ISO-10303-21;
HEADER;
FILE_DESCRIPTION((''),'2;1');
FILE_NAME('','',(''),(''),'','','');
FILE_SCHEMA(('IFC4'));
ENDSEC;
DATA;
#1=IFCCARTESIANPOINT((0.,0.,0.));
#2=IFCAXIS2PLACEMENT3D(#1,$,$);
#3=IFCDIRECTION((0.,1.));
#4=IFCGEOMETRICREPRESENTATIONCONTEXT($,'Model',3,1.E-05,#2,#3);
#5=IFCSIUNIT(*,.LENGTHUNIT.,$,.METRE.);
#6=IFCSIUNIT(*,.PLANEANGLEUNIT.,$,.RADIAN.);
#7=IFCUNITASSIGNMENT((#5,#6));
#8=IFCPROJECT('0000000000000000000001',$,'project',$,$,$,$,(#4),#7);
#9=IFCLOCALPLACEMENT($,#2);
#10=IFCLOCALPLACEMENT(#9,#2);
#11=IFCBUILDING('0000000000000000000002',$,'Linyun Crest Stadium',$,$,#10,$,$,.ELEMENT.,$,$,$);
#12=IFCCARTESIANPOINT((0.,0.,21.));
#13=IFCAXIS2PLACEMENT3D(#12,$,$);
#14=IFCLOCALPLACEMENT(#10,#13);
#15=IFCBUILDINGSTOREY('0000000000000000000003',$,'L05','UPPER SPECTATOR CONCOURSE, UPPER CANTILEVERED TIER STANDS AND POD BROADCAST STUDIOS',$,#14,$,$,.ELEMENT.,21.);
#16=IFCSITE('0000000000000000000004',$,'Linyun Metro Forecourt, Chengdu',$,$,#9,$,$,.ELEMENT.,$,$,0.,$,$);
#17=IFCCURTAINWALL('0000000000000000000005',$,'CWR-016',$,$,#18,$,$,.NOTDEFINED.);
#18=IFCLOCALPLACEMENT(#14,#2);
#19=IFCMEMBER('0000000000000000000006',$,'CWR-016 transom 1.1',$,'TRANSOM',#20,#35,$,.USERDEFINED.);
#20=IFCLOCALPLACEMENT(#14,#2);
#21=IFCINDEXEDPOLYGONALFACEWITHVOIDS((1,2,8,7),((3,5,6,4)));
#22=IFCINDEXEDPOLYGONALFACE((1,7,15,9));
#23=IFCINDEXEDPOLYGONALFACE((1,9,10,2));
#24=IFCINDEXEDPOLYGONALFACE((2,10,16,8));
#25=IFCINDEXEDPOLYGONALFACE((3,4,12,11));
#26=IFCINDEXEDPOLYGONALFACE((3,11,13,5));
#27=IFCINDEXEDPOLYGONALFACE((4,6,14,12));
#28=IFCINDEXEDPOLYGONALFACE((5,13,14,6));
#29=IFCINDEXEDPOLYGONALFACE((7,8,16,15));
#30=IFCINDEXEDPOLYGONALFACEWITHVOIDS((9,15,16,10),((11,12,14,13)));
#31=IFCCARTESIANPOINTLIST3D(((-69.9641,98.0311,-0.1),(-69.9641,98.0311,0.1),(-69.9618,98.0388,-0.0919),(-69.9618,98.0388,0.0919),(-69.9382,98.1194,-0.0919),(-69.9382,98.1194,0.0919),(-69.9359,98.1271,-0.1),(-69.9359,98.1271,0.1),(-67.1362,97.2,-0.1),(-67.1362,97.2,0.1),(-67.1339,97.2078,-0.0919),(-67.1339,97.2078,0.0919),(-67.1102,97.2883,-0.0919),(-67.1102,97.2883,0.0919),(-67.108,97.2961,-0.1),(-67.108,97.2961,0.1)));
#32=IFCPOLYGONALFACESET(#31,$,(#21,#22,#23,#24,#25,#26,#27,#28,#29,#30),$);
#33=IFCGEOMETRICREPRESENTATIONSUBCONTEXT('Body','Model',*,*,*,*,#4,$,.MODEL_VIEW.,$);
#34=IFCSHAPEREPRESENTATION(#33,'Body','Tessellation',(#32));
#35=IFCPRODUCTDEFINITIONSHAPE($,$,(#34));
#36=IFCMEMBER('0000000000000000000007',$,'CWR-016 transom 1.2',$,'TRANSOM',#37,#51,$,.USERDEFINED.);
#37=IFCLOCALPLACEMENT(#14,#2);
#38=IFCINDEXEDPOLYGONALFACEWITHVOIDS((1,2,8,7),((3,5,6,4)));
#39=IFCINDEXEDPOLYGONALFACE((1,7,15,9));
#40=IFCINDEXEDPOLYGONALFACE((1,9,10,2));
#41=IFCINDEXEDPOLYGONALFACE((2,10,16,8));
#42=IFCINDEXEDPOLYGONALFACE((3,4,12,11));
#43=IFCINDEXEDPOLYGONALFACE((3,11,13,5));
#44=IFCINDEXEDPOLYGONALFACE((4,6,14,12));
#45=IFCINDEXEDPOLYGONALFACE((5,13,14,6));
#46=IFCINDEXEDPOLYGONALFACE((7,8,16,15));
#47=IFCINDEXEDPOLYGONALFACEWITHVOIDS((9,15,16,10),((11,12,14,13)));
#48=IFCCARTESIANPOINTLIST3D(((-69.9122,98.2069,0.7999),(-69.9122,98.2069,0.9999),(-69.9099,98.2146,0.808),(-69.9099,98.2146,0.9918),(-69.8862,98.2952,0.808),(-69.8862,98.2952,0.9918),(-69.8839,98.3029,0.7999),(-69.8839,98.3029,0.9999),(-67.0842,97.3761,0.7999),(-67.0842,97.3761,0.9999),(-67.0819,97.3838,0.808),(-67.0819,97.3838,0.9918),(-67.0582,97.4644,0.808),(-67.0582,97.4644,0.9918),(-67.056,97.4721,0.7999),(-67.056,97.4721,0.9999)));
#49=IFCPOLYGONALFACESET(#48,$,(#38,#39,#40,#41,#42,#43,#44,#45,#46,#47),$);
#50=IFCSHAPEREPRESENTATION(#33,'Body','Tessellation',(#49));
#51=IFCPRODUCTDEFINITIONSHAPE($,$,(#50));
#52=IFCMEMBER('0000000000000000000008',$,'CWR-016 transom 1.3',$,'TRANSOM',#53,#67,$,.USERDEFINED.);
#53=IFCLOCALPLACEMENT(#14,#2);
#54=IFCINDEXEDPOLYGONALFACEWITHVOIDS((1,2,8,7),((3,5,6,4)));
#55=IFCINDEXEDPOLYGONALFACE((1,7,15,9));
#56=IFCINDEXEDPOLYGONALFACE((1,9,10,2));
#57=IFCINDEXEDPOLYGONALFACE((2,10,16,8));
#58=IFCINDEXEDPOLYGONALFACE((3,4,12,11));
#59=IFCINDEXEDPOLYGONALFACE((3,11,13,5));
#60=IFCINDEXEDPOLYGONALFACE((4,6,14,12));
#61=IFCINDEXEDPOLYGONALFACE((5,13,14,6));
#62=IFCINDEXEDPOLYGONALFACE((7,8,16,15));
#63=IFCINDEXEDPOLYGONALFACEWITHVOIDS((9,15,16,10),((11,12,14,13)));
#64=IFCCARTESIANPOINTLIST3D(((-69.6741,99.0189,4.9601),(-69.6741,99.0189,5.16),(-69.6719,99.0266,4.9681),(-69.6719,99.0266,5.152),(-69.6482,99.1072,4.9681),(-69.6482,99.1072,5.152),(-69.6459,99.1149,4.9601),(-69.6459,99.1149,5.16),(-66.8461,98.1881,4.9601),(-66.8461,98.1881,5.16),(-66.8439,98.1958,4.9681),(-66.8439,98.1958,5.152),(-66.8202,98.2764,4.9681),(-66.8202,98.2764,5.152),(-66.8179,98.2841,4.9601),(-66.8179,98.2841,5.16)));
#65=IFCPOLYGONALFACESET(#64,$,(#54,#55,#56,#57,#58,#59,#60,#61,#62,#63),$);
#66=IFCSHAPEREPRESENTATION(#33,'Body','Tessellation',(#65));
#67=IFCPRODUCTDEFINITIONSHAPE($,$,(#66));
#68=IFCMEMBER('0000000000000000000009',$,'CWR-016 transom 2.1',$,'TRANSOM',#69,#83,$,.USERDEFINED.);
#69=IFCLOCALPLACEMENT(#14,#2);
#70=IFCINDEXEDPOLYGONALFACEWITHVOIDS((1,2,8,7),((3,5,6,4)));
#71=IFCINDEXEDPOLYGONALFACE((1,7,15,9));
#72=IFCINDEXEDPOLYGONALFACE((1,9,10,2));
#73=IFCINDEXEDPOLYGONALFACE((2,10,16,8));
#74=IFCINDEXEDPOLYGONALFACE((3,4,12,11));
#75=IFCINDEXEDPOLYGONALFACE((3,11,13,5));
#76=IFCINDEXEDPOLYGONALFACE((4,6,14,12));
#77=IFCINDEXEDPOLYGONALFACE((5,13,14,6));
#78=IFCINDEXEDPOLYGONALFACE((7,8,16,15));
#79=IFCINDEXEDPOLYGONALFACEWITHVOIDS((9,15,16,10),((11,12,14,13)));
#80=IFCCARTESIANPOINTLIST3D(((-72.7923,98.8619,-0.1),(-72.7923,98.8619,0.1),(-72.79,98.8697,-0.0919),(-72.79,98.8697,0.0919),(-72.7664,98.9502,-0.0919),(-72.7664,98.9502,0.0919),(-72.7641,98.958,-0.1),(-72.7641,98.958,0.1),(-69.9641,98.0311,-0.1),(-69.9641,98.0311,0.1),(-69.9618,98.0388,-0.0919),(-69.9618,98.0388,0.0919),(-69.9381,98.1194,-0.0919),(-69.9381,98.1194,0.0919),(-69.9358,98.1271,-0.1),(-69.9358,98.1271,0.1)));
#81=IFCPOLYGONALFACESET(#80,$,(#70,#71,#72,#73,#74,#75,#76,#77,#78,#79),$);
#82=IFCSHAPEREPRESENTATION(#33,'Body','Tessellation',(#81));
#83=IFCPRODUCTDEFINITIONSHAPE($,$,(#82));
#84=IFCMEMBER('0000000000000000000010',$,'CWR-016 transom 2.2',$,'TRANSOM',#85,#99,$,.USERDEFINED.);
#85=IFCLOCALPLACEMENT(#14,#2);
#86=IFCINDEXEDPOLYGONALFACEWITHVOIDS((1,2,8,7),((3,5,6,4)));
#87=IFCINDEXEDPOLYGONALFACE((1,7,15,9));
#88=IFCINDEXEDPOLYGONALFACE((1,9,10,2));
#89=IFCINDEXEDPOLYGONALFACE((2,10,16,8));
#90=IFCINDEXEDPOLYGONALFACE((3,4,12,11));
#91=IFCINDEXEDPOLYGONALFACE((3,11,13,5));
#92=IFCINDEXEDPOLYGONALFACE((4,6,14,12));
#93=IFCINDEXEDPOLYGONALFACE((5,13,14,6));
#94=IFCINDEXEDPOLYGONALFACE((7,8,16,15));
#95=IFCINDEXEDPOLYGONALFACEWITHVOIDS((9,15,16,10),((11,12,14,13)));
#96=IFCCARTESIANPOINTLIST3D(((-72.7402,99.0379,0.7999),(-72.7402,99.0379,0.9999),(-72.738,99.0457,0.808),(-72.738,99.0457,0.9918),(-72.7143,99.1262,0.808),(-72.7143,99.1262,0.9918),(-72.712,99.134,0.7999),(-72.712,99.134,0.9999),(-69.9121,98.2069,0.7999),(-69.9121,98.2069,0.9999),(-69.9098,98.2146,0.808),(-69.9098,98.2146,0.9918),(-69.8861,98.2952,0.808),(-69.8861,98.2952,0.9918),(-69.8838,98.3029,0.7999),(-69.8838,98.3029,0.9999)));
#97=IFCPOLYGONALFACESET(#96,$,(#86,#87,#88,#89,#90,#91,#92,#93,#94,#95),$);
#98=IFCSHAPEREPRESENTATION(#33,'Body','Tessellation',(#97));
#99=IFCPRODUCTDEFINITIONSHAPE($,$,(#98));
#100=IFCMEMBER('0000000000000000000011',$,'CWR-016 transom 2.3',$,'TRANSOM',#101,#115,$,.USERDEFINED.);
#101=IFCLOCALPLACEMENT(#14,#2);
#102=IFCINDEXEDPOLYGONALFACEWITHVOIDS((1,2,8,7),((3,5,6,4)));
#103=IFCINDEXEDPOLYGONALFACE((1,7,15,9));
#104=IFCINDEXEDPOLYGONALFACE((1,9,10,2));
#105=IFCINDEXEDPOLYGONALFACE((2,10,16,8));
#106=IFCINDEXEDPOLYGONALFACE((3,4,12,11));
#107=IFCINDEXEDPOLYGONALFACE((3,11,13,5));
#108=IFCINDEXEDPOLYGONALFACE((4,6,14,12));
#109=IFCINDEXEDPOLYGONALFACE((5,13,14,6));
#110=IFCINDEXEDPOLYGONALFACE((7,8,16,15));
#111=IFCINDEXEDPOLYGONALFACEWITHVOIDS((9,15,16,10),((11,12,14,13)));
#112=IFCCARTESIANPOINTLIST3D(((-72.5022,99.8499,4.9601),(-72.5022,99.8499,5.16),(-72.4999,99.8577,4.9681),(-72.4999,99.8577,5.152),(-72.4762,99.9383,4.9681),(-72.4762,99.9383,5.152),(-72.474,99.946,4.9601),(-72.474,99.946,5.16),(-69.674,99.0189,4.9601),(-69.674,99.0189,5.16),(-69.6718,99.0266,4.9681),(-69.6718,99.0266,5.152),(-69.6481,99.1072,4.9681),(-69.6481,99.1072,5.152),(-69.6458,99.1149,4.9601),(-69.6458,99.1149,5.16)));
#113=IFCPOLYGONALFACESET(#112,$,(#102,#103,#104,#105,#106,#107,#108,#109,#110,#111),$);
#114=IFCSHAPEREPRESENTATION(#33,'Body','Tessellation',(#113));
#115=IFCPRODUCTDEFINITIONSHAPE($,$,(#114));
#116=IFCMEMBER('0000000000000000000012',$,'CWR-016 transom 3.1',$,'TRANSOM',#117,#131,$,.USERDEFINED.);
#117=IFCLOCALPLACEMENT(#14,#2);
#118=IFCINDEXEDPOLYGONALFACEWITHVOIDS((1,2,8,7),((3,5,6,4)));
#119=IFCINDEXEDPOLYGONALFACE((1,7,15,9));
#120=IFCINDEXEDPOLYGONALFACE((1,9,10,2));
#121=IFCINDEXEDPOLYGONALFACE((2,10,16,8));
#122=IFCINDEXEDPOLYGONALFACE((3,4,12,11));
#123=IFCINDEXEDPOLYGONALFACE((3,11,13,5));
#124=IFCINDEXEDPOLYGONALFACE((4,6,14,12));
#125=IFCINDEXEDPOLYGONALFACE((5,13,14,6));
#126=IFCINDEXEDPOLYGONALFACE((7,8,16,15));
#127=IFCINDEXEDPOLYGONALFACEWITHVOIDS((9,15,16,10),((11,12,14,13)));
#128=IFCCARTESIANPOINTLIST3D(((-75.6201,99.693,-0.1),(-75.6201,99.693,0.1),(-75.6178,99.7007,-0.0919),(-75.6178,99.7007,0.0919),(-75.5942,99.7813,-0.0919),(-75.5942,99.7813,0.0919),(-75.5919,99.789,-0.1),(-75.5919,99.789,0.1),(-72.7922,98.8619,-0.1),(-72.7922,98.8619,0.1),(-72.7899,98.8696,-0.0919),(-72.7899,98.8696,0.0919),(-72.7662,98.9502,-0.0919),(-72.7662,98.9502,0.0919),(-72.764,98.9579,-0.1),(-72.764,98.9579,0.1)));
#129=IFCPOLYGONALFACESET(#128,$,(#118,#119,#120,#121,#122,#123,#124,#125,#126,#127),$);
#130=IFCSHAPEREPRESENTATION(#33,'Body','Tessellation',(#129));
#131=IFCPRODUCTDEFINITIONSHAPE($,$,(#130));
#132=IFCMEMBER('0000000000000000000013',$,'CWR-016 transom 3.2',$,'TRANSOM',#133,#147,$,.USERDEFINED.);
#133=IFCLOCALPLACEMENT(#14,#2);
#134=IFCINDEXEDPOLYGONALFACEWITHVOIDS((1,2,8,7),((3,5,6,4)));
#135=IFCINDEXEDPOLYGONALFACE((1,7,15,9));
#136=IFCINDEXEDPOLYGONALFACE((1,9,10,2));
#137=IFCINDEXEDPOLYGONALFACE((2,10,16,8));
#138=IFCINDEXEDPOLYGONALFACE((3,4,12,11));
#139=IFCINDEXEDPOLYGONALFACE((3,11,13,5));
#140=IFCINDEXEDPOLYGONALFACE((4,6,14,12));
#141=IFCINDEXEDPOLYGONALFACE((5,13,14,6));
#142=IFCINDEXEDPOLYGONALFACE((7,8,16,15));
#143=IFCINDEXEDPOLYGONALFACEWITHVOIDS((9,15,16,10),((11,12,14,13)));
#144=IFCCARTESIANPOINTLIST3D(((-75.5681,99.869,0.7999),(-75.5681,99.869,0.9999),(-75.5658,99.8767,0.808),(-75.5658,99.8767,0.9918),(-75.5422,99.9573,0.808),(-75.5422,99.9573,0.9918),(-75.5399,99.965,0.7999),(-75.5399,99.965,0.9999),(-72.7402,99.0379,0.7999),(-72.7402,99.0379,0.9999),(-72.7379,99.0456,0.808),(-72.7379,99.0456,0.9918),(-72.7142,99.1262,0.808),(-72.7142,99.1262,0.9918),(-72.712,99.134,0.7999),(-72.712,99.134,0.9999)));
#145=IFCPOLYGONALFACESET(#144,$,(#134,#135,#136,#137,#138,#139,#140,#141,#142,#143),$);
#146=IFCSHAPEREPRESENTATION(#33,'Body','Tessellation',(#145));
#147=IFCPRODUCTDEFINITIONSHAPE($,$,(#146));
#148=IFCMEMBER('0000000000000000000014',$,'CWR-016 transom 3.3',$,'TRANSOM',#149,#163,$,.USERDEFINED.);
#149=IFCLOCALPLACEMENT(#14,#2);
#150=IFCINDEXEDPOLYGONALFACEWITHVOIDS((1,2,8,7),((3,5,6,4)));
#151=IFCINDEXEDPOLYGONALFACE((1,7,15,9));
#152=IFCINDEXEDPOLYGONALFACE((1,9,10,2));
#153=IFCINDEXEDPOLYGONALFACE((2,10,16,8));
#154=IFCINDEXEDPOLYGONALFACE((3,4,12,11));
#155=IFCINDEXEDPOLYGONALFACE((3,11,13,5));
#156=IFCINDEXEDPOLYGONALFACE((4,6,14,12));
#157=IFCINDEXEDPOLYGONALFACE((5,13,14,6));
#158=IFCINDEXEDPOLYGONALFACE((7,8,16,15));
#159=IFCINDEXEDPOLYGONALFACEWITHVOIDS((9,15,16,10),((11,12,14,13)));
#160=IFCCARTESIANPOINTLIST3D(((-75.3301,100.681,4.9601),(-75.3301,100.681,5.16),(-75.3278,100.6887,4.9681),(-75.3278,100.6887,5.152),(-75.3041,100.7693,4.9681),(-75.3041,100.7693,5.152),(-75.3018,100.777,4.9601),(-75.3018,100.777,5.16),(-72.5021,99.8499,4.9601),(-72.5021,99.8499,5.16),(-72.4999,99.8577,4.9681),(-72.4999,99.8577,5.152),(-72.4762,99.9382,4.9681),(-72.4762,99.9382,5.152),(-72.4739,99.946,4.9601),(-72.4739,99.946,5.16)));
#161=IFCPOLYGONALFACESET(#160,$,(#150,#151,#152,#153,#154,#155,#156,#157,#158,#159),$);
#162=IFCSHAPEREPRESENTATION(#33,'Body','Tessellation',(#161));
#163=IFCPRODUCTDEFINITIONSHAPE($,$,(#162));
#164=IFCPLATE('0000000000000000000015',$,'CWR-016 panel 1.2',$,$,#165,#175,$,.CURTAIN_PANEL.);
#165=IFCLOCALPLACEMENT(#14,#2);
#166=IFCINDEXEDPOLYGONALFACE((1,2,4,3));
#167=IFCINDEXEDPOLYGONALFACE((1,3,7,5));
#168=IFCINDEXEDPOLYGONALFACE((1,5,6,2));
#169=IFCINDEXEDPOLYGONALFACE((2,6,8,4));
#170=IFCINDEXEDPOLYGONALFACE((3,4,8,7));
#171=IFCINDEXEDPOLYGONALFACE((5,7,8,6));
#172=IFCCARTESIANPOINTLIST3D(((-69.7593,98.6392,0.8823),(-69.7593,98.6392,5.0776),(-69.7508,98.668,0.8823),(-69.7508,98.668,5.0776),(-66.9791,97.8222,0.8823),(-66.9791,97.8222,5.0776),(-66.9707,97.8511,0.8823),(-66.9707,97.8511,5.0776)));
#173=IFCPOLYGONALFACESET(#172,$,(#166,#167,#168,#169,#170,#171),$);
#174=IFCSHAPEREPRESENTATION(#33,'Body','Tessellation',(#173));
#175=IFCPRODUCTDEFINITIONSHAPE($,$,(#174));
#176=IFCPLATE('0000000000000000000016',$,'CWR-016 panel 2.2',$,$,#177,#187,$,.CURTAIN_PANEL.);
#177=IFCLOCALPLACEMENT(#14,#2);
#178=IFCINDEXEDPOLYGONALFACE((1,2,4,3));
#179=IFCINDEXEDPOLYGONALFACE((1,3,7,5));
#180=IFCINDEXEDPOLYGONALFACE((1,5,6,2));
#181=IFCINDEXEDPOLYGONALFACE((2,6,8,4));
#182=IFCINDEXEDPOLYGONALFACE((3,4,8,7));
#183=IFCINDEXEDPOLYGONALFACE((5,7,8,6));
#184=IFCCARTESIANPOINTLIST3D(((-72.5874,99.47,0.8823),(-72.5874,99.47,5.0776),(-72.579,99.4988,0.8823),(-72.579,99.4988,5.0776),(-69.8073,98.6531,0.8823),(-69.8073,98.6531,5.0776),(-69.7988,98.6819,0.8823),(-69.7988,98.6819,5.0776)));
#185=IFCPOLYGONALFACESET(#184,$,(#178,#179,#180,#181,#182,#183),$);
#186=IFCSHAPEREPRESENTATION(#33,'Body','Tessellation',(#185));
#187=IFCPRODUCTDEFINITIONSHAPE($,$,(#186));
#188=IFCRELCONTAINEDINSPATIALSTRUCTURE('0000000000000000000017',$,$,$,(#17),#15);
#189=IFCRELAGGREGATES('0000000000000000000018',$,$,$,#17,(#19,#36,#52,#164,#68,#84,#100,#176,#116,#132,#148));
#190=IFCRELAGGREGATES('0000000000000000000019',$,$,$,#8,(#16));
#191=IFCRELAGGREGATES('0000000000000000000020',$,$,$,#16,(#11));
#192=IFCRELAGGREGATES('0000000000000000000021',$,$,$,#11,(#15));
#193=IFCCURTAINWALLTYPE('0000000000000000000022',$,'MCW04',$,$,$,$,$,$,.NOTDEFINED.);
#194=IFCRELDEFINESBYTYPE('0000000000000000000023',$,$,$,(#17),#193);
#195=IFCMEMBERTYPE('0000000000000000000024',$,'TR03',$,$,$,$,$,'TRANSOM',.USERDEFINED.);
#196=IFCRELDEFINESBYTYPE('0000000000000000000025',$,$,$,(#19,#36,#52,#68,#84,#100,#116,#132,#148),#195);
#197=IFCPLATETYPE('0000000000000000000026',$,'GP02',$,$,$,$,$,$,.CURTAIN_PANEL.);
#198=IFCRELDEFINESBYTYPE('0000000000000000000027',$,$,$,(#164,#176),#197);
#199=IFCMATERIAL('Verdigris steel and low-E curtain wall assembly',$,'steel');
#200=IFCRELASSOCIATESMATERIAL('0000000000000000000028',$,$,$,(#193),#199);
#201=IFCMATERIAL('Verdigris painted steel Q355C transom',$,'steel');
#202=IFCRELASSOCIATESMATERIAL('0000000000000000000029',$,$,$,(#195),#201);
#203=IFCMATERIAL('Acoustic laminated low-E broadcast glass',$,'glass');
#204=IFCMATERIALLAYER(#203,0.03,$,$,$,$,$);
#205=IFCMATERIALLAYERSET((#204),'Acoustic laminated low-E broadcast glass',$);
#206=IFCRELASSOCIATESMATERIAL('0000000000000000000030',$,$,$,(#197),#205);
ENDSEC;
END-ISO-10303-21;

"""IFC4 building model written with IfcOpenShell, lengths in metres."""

from ifc_helpers import new_model, si_unit, direction, frame, origin, origin_2d, place, context, subcontext, project, spatial, rectangle, hollow_rectangle, extrude, material, layer, layer_set, material_profile, profile_set, type_object, element, aggregate, save


model = new_model("IFC4")

# Units and contexts
model_context = context("Model", 3, precision=1e-05, world=origin(), true_north=direction((0.0, 1.0)))
body_context = subcontext(model_context, "Body", "Model", "MODEL_VIEW")
ifc_project = project(units=[si_unit("LENGTHUNIT", "METRE"), si_unit("PLANEANGLEUNIT", "RADIAN")], contexts=[model_context])

# Site, building, storey
site_placement = place(None, origin())
site = spatial("IfcSite", under=ifc_project, at=site_placement, Name="Linyun Metro Forecourt, Chengdu", CompositionType="ELEMENT", RefElevation=0.0)
building_placement = place(site_placement, origin())
building = spatial("IfcBuilding", under=site, at=building_placement, Name="Linyun Crest Stadium", CompositionType="ELEMENT")
storey_placement = place(building_placement, frame((0.0, 0.0, 21.0)))
storey = spatial("IfcBuildingStorey", under=building, at=storey_placement, Name="L05", Description="UPPER SPECTATOR CONCOURSE, UPPER CANTILEVERED TIER STANDS AND POD BROADCAST STUDIOS", CompositionType="ELEMENT", Elevation=21.0)

# Curtain wall, members, plates
ifc_material_1 = material(Name="Verdigris steel and low-E curtain wall assembly", Category="steel")
curtain_wall_type = type_object("IfcCurtainWallType", Name="MCW04", PredefinedType="NOTDEFINED", material=ifc_material_1)
curtain_wall_placement = place(storey_placement, origin())
curtain_wall = element("IfcCurtainWall", 1, at=curtain_wall_placement, inside=storey, type_object=curtain_wall_type, Name="CWR-016", PredefinedType="NOTDEFINED")
ifc_material_2 = material(Name="Verdigris painted steel Q355C transom", Category="steel")
ifc_material_profile_1 = material_profile(ifc_material_2, hollow_rectangle(XDim=0.1001, YDim=0.2, WallThickness=0.0081, at=origin_2d()), Name="RHS 200x100x8")
ifc_profile_set_1 = profile_set([ifc_material_profile_1], Name="Verdigris painted steel Q355C transom")
member_type_1 = type_object("IfcMemberType", Name="TR03", ElementType="TRANSOM", PredefinedType="USERDEFINED", material=ifc_profile_set_1)
member_1_placement = place(storey_placement, frame((-67.1221, 97.248, 0.0), z_axis=(-0.959427, 0.281956, 0.0), x_axis=(-0.281956, -0.959427, 0.0)))
member_1 = element("IfcMember", 2, at=member_1_placement, type_object=member_type_1, Name="CWR-016 transom 1.1", ObjectType="TRANSOM", PredefinedType="USERDEFINED", context=body_context, shape_type="SweptSolid", body=[
    extrude(hollow_rectangle(XDim=0.1001, YDim=0.2, WallThickness=0.0081, at=origin_2d()), origin(), (0.0, 0.0, 1.0), 2.9475),
])
member_2_placement = place(storey_placement, frame((-67.0701, 97.4241, 0.8999), z_axis=(-0.95945, 0.281879, 0.0), x_axis=(-0.281879, -0.95945, 0.0)))
member_2 = element("IfcMember", 3, at=member_2_placement, type_object=member_type_1, Name="CWR-016 transom 1.2", ObjectType="TRANSOM", PredefinedType="USERDEFINED", context=body_context, shape_type="SweptSolid", body=[
    extrude(hollow_rectangle(XDim=0.1001, YDim=0.2, WallThickness=0.0081, at=origin_2d()), origin(), (0.0, 0.0, 1.0), 2.9475),
])
member_3_placement = place(storey_placement, frame((-66.832, 98.2361, 5.0601), z_axis=(-0.95945, 0.281879, 0.0), x_axis=(-0.281879, -0.95945, 0.0)))
member_3 = element("IfcMember", 4, at=member_3_placement, type_object=member_type_1, Name="CWR-016 transom 1.3", ObjectType="TRANSOM", PredefinedType="USERDEFINED", context=body_context, shape_type="SweptSolid", body=[
    extrude(hollow_rectangle(XDim=0.1001, YDim=0.2, WallThickness=0.0081, at=origin_2d()), origin(), (0.0, 0.0, 1.0), 2.9475),
])
member_4_placement = place(storey_placement, frame((-69.95, 98.0791, 0.0), z_axis=(-0.959456, 0.281857, 0.0), x_axis=(-0.281857, -0.959456, 0.0)))
member_4 = element("IfcMember", 5, at=member_4_placement, type_object=member_type_1, Name="CWR-016 transom 2.1", ObjectType="TRANSOM", PredefinedType="USERDEFINED", context=body_context, shape_type="SweptSolid", body=[
    extrude(hollow_rectangle(XDim=0.1001, YDim=0.2, WallThickness=0.0081, at=origin_2d()), origin(), (0.0, 0.0, 1.0), 2.9478),
])
member_5_placement = place(storey_placement, frame((-69.8979, 98.2549, 0.8999), z_axis=(-0.959434, 0.281933, 0.0), x_axis=(-0.281933, -0.959434, 0.0)))
member_5 = element("IfcMember", 6, at=member_5_placement, type_object=member_type_1, Name="CWR-016 transom 2.2", ObjectType="TRANSOM", PredefinedType="USERDEFINED", context=body_context, shape_type="SweptSolid", body=[
    extrude(hollow_rectangle(XDim=0.1001, YDim=0.2, WallThickness=0.0081, at=origin_2d()), origin(), (0.0, 0.0, 1.0), 2.9478),
])
member_6_placement = place(storey_placement, frame((-69.6599, 99.0669, 5.0601), z_axis=(-0.959434, 0.281933, 0.0), x_axis=(-0.281933, -0.959434, 0.0)))
member_6 = element("IfcMember", 7, at=member_6_placement, type_object=member_type_1, Name="CWR-016 transom 2.3", ObjectType="TRANSOM", PredefinedType="USERDEFINED", context=body_context, shape_type="SweptSolid", body=[
    extrude(hollow_rectangle(XDim=0.1001, YDim=0.2, WallThickness=0.0081, at=origin_2d()), origin(), (0.0, 0.0, 1.0), 2.9478),
])
member_7_placement = place(storey_placement, frame((-72.7781, 98.9099, 0.0), z_axis=(-0.959427, 0.281956, 0.0), x_axis=(-0.281956, -0.959427, 0.0)))
member_7 = element("IfcMember", 8, at=member_7_placement, type_object=member_type_1, Name="CWR-016 transom 3.1", ObjectType="TRANSOM", PredefinedType="USERDEFINED", context=body_context, shape_type="SweptSolid", body=[
    extrude(hollow_rectangle(XDim=0.1001, YDim=0.2, WallThickness=0.0081, at=origin_2d()), origin(), (0.0, 0.0, 1.0), 2.9475),
])
member_8_placement = place(storey_placement, frame((-72.7261, 99.0859, 0.8999), z_axis=(-0.959427, 0.281956, 0.0), x_axis=(-0.281956, -0.959427, 0.0)))
member_8 = element("IfcMember", 9, at=member_8_placement, type_object=member_type_1, Name="CWR-016 transom 3.2", ObjectType="TRANSOM", PredefinedType="USERDEFINED", context=body_context, shape_type="SweptSolid", body=[
    extrude(hollow_rectangle(XDim=0.1001, YDim=0.2, WallThickness=0.0081, at=origin_2d()), origin(), (0.0, 0.0, 1.0), 2.9475),
])
member_9_placement = place(storey_placement, frame((-72.488, 99.8979, 5.0601), z_axis=(-0.959427, 0.281956, 0.0), x_axis=(-0.281956, -0.959427, 0.0)))
member_9 = element("IfcMember", 10, at=member_9_placement, type_object=member_type_1, Name="CWR-016 transom 3.3", ObjectType="TRANSOM", PredefinedType="USERDEFINED", context=body_context, shape_type="SweptSolid", body=[
    extrude(hollow_rectangle(XDim=0.1001, YDim=0.2, WallThickness=0.0081, at=origin_2d()), origin(), (0.0, 0.0, 1.0), 2.9475),
])
ifc_material_3 = material(Name="Acoustic laminated low-E broadcast glass", Category="glass")
ifc_layer_1 = layer(ifc_material_3, 0.03)
ifc_layer_set_1 = layer_set([ifc_layer_1], Name="Acoustic laminated low-E broadcast glass")
plate_type_1 = type_object("IfcPlateType", Name="GP02", PredefinedType="CURTAIN_PANEL", material=ifc_layer_set_1)
plate_1_placement = place(storey_placement, frame((-68.365, 98.2451, 0.8823), z_axis=(0.0, 0.0, 1.0), x_axis=(-0.959437, 0.281923, 0.0)))
plate_1 = element("IfcPlate", 11, at=plate_1_placement, type_object=plate_type_1, Name="CWR-016 panel 1.2", PredefinedType="CURTAIN_PANEL", context=body_context, shape_type="SweptSolid", body=[
    extrude(rectangle(XDim=2.8977, YDim=0.03, at=origin_2d()), origin(), (0.0, 0.0, 1.0), 4.1953),
])
plate_2_placement = place(storey_placement, frame((-71.1931, 99.0759, 0.8823), z_axis=(0.0, 0.0, 1.0), x_axis=(-0.959437, 0.281923, 0.0)))
plate_2 = element("IfcPlate", 12, at=plate_2_placement, type_object=plate_type_1, Name="CWR-016 panel 2.2", PredefinedType="CURTAIN_PANEL", context=body_context, shape_type="SweptSolid", body=[
    extrude(rectangle(XDim=2.8977, YDim=0.03, at=origin_2d()), origin(), (0.0, 0.0, 1.0), 4.1953),
])
aggregate(curtain_wall, [member_1, member_2, member_3, plate_1, member_4, member_5, member_6, plate_2, member_7, member_8, member_9])

save(model, "model.ifc")
